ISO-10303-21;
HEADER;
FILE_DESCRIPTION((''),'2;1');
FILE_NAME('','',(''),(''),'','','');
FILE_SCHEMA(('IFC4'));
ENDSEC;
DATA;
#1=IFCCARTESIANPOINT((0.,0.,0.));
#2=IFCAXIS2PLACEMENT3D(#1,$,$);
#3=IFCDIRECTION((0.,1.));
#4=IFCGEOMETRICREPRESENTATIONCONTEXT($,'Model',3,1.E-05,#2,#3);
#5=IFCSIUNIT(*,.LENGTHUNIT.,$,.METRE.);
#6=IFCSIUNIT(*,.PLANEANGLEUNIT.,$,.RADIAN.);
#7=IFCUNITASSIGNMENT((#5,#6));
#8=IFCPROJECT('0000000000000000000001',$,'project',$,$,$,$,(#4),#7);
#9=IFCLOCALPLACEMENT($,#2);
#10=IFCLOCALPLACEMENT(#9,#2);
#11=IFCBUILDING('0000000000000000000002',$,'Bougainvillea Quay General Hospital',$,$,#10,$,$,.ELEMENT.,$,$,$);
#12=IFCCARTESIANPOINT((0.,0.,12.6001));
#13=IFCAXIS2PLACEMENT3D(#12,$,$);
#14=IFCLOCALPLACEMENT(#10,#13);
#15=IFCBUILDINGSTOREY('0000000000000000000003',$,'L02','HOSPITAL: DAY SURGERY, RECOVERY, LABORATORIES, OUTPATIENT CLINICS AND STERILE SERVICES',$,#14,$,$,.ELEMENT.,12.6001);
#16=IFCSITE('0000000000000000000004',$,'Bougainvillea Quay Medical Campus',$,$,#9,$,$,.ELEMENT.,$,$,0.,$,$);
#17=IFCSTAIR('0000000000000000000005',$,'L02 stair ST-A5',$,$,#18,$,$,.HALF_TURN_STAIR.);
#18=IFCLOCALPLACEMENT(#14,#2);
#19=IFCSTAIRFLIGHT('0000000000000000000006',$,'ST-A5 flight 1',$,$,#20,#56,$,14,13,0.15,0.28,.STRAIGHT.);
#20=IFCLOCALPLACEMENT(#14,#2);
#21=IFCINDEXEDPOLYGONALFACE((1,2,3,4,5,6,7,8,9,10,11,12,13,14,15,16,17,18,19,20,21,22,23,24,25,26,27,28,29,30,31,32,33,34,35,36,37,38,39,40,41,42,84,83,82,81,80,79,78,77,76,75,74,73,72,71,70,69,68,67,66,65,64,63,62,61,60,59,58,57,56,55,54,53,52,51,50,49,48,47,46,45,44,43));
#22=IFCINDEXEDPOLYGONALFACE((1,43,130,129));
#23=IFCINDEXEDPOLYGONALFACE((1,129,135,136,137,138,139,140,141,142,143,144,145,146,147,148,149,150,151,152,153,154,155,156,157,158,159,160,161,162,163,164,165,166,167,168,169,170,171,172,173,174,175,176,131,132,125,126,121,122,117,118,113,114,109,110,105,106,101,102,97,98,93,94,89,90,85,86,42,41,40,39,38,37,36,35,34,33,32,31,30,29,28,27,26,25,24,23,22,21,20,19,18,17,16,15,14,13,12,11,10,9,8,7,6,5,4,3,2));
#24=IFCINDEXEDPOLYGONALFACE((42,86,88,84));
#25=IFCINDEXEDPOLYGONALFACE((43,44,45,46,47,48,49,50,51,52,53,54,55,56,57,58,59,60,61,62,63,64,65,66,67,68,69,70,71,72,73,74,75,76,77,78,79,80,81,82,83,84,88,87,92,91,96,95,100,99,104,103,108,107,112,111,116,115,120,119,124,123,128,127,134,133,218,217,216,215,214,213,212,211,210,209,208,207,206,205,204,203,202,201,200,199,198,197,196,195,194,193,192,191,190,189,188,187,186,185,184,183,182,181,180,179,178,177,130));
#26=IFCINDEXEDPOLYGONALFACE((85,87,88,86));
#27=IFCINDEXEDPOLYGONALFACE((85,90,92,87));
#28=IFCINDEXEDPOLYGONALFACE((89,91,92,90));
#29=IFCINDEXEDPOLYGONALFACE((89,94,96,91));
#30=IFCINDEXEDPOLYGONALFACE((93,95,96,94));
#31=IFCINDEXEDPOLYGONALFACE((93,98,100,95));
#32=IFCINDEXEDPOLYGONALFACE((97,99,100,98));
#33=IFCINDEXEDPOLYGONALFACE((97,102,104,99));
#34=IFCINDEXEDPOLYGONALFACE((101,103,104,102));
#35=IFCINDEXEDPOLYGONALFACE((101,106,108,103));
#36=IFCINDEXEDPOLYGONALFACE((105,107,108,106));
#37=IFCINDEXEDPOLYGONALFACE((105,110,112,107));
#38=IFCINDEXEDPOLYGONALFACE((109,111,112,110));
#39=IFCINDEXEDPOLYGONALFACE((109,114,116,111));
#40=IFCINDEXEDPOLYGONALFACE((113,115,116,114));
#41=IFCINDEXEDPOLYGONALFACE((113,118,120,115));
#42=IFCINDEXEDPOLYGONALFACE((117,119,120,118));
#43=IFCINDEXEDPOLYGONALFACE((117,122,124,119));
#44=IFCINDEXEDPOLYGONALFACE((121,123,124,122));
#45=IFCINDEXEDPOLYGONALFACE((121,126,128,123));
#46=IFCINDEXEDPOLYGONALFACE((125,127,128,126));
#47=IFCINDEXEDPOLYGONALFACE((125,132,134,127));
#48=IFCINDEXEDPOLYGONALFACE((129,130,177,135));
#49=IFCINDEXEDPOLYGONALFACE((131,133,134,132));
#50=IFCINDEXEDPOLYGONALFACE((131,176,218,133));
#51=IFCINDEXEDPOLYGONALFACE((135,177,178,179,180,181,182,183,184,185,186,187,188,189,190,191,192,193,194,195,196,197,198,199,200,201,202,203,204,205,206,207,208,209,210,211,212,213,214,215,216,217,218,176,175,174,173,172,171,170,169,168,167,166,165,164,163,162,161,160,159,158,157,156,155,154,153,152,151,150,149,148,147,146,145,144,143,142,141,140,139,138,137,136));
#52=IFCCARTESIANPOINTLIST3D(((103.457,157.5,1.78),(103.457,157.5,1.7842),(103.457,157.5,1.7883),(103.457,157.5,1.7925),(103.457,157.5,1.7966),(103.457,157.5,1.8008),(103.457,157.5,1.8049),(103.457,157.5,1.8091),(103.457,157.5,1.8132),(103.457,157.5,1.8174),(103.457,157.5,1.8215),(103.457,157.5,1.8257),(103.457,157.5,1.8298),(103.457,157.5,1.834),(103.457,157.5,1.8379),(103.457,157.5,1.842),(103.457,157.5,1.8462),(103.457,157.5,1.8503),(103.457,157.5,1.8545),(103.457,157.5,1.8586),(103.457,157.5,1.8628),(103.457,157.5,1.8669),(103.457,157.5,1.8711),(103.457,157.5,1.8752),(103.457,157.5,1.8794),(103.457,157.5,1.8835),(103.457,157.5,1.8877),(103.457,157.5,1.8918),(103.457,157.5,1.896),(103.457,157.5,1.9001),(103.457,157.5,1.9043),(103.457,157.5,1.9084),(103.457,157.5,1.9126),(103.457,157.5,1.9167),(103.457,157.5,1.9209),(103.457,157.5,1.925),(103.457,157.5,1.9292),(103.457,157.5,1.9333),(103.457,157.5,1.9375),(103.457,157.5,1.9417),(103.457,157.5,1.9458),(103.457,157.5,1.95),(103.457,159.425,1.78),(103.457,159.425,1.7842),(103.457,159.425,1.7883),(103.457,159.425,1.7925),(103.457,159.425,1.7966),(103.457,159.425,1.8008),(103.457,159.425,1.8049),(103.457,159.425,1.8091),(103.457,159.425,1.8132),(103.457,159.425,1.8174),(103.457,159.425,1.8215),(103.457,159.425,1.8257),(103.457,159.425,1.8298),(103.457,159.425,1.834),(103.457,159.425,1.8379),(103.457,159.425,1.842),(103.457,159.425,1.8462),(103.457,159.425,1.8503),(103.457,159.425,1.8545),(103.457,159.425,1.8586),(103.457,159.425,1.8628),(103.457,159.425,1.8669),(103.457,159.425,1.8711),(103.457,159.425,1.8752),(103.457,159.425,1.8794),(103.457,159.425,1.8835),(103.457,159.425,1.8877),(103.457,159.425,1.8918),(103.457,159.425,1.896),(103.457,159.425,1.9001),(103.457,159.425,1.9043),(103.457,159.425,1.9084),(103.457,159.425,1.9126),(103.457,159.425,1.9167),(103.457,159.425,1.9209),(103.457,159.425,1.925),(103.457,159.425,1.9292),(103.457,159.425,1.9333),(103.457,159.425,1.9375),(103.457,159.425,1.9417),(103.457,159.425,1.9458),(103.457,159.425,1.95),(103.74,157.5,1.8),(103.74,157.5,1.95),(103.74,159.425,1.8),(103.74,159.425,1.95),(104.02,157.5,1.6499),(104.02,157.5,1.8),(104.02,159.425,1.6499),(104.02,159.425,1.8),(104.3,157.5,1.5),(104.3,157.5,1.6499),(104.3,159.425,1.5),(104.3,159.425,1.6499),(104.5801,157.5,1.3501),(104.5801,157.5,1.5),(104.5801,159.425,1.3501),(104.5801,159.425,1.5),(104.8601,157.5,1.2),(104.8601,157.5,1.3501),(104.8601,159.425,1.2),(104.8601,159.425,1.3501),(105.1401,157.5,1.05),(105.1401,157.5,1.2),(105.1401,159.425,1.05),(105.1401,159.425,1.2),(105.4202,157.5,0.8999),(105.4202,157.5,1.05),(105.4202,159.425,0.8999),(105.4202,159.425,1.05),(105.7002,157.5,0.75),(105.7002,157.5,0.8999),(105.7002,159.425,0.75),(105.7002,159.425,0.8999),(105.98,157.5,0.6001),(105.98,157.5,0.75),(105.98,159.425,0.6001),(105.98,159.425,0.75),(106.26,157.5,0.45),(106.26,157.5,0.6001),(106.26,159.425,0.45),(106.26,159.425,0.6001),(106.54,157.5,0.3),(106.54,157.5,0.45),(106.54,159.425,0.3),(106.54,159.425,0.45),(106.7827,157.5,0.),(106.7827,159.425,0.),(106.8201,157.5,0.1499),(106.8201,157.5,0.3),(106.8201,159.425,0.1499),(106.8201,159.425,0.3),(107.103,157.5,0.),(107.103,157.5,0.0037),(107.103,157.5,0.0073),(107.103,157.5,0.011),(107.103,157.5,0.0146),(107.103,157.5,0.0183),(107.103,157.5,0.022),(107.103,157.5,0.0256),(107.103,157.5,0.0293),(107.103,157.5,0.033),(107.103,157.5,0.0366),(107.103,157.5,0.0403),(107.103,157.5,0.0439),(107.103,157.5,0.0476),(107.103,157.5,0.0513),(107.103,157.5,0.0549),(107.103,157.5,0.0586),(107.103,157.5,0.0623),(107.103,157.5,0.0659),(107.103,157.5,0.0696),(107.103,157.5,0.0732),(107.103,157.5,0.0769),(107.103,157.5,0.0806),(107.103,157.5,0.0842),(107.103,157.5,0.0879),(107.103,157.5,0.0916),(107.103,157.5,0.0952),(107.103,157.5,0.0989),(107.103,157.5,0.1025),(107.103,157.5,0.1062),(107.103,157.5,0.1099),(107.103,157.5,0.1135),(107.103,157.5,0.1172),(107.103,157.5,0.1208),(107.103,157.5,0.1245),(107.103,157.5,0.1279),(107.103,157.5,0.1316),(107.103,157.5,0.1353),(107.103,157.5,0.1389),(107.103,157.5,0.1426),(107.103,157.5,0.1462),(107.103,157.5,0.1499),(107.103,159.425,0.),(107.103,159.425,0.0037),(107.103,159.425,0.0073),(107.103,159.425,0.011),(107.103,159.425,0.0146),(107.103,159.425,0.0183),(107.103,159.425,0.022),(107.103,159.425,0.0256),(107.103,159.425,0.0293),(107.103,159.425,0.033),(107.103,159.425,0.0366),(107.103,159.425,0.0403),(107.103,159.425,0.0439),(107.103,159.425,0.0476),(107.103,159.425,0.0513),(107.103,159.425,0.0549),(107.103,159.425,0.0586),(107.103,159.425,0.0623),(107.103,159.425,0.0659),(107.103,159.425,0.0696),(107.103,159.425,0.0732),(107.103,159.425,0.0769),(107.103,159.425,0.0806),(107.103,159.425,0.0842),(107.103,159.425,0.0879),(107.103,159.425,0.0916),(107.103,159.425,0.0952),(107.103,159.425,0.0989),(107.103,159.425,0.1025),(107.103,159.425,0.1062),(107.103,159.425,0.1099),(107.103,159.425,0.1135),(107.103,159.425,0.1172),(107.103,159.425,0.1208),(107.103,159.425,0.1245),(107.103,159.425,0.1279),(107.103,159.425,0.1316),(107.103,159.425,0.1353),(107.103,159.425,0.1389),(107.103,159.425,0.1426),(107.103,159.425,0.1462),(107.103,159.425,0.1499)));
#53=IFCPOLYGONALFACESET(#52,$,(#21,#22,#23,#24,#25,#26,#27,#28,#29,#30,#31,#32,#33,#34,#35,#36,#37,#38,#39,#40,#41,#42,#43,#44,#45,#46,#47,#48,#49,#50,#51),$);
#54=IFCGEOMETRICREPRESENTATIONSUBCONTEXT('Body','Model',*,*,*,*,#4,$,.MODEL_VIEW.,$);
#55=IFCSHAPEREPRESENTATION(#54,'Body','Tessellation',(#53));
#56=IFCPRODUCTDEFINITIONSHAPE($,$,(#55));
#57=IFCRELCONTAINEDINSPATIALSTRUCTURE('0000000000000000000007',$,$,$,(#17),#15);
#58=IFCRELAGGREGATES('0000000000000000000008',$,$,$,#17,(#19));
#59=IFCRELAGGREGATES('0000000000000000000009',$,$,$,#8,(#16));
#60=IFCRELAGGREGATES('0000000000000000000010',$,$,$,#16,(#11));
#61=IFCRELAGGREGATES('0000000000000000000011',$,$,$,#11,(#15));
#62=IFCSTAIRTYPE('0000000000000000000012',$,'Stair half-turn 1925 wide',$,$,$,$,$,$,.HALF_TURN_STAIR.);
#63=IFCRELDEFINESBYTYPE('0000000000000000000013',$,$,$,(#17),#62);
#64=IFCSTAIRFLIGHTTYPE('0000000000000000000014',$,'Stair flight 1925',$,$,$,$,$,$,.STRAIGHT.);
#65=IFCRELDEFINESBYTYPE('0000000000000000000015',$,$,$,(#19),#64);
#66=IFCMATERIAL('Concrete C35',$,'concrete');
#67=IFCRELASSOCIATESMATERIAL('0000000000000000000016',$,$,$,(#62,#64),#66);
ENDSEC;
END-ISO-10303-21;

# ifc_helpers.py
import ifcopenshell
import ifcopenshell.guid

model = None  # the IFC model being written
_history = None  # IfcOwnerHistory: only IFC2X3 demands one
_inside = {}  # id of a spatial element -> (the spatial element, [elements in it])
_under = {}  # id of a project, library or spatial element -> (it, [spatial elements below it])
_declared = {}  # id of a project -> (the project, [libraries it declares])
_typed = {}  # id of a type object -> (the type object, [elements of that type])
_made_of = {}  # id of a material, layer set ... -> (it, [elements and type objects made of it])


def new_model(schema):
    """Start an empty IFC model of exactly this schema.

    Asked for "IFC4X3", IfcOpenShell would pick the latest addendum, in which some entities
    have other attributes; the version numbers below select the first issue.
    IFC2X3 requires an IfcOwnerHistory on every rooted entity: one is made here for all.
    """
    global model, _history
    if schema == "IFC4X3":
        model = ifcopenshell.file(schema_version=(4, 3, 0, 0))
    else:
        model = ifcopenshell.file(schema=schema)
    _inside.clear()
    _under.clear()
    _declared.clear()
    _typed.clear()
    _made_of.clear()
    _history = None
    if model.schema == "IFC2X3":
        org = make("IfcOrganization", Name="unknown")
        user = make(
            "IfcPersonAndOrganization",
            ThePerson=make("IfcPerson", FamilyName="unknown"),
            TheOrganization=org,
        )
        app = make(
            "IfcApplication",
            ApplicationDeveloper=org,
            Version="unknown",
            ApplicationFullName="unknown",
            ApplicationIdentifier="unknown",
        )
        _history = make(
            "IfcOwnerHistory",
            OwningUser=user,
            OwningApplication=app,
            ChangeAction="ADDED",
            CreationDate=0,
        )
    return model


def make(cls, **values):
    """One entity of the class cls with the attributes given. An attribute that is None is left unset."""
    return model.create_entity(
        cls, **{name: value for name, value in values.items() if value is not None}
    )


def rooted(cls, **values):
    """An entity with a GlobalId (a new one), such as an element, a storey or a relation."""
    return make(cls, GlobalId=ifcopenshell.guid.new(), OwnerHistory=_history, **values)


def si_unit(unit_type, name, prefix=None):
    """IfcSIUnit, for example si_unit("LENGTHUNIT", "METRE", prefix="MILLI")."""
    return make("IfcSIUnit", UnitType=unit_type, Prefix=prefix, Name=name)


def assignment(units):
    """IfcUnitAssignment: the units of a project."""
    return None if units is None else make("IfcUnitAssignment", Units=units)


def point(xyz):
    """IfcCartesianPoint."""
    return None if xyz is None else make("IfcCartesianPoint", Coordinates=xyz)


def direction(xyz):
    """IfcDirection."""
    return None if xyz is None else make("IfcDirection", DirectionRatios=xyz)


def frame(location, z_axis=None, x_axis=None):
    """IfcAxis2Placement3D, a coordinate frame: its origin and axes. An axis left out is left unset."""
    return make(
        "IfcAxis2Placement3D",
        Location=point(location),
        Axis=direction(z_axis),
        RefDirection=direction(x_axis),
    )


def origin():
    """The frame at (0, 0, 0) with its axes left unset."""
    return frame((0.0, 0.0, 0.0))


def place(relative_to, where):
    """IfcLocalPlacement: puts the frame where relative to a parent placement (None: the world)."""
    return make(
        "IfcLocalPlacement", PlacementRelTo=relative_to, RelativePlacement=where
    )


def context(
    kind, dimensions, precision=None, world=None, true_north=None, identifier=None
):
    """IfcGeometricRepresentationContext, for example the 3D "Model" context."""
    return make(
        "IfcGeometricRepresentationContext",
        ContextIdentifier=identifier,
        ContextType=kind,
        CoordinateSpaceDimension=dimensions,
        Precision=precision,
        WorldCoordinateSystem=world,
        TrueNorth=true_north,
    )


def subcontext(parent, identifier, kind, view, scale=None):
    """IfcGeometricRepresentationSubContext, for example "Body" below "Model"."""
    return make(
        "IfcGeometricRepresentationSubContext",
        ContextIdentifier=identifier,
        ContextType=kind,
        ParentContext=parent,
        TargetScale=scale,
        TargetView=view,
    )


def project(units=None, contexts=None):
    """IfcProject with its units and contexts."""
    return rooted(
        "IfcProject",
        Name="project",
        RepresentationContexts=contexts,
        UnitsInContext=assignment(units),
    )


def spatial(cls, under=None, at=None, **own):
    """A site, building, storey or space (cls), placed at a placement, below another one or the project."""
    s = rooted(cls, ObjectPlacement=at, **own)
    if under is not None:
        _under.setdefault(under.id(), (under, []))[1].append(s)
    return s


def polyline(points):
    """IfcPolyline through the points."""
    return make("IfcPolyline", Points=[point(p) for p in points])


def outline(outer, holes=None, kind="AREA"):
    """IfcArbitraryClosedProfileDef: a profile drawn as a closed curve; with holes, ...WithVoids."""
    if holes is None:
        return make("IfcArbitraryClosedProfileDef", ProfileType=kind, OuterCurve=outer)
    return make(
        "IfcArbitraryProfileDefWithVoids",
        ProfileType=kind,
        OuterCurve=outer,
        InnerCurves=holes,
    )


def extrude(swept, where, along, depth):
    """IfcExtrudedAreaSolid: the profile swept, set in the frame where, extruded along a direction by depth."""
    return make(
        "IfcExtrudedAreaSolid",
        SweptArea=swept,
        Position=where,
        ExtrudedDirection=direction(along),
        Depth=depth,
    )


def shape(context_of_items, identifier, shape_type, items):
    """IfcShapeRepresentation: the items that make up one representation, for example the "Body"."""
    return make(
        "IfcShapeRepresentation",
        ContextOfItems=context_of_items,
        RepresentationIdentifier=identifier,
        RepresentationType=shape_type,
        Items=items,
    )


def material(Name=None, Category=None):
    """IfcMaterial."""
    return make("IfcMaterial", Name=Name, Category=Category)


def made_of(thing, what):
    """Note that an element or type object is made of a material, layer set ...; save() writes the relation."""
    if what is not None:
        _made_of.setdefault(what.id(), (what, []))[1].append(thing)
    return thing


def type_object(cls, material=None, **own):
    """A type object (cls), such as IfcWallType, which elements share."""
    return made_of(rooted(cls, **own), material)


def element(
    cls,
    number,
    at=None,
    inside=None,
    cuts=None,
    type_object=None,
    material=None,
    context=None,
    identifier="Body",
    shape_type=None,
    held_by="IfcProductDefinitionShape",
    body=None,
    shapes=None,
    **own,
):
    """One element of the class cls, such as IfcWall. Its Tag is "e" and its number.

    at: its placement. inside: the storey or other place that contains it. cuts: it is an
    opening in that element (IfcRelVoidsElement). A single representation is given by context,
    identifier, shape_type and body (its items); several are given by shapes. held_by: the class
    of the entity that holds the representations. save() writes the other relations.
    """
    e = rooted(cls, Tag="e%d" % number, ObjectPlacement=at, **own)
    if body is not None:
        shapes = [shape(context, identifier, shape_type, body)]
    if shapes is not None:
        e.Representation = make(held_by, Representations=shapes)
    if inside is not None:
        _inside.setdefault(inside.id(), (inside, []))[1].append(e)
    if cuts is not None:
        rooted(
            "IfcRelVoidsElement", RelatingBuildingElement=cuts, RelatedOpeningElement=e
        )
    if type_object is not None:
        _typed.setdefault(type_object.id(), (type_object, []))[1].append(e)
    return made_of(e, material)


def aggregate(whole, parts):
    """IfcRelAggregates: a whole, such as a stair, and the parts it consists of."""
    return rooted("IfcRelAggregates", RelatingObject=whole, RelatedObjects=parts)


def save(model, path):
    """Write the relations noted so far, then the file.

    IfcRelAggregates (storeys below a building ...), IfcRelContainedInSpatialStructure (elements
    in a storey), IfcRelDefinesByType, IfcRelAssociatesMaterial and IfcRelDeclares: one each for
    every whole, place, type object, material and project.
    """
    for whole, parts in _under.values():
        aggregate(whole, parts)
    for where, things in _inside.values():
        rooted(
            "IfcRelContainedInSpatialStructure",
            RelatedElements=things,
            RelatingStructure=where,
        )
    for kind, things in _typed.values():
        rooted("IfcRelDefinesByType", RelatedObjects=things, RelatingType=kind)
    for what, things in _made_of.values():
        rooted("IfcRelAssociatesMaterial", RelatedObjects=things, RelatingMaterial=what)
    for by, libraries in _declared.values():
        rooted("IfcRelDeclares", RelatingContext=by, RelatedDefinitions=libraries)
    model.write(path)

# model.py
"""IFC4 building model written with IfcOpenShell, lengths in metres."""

from ifc_helpers import new_model, si_unit, direction, frame, origin, place, context, subcontext, project, spatial, polyline, outline, extrude, material, type_object, element, aggregate, save


model = new_model("IFC4")

# Units and contexts
model_context = context("Model", 3, precision=1e-05, world=origin(), true_north=direction((0.0, 1.0)))
body_context = subcontext(model_context, "Body", "Model", "MODEL_VIEW")
ifc_project = project(units=[si_unit("LENGTHUNIT", "METRE"), si_unit("PLANEANGLEUNIT", "RADIAN")], contexts=[model_context])

# Site, building, storey
site_placement = place(None, origin())
site = spatial("IfcSite", under=ifc_project, at=site_placement, Name="Bougainvillea Quay Medical Campus", CompositionType="ELEMENT", RefElevation=0.0)
building_placement = place(site_placement, origin())
building = spatial("IfcBuilding", under=site, at=building_placement, Name="Bougainvillea Quay General Hospital", CompositionType="ELEMENT")
storey_placement = place(building_placement, frame((0.0, 0.0, 12.6001)))
storey = spatial("IfcBuildingStorey", under=building, at=storey_placement, Name="L02", Description="HOSPITAL: DAY SURGERY, RECOVERY, LABORATORIES, OUTPATIENT CLINICS AND STERILE SERVICES", CompositionType="ELEMENT", Elevation=12.6001)

# Stair, stair flight
ifc_material_1 = material(Name="Concrete C35", Category="concrete")
stair_type = type_object("IfcStairType", Name="Stair half-turn 1925 wide", PredefinedType="HALF_TURN_STAIR", material=ifc_material_1)
stair_placement = place(storey_placement, origin())
stair = element("IfcStair", 1, at=stair_placement, inside=storey, type_object=stair_type, Name="L02 stair ST-A5", PredefinedType="HALF_TURN_STAIR")
stair_flight_type = type_object("IfcStairFlightType", Name="Stair flight 1925", PredefinedType="STRAIGHT", material=ifc_material_1)
stair_flight_1_placement = place(storey_placement, frame((107.1001, 158.4624, 0.0), z_axis=(0.0, 0.0, 1.0), x_axis=(-1.0, 0.0, 0.0)))
stair_flight_1 = element("IfcStairFlight", 2, at=stair_flight_1_placement, type_object=stair_flight_type, Name="ST-A5 flight 1", NumberOfRisers=14, NumberOfTreads=13, PredefinedType="STRAIGHT", RiserHeight=0.15, TreadLength=0.28, context=body_context, shape_type="SweptSolid", body=[
    extrude(outline(polyline([(-0.0029, 0.0), (-0.0029, 0.0037), (-0.0029, 0.0073), (-0.0029, 0.011), (-0.0029, 0.0146), (-0.0029, 0.0183), (-0.0029, 0.022), (-0.0029, 0.0256), (-0.0029, 0.0293), (-0.0029, 0.033), (-0.0029, 0.0366), (-0.0029, 0.0403), (-0.0029, 0.0439), (-0.0029, 0.0476), (-0.0029, 0.0513), (-0.0029, 0.0549), (-0.0029, 0.0586), (-0.0029, 0.0623), (-0.0029, 0.0659), (-0.0029, 0.0696), (-0.0029, 0.0732), (-0.0029, 0.0769), (-0.0029, 0.0806), (-0.0029, 0.0842), (-0.0029, 0.0879), (-0.0029, 0.0916), (-0.0029, 0.0952), (-0.0029, 0.0989), (-0.0029, 0.1025), (-0.0029, 0.1062), (-0.0029, 0.1099), (-0.0029, 0.1135), (-0.0029, 0.1172), (-0.0029, 0.1208), (-0.0029, 0.1245), (-0.0029, 0.1279), (-0.0029, 0.1316), (-0.0029, 0.1353), (-0.0029, 0.1389), (-0.0029, 0.1426), (-0.0029, 0.1462), (-0.0029, 0.1499), (0.28, 0.1499), (0.28, 0.3), (0.5601, 0.3), (0.5601, 0.45), (0.8401, 0.45), (0.8401, 0.6001), (1.1201, 0.6001), (1.1201, 0.75), (1.3999, 0.75), (1.3999, 0.8999), (1.6799, 0.8999), (1.6799, 1.05), (1.96, 1.05), (1.96, 1.2), (2.24, 1.2), (2.24, 1.3501), (2.52, 1.3501), (2.52, 1.5), (2.8, 1.5), (2.8, 1.6499), (3.0801, 1.6499), (3.0801, 1.8), (3.3601, 1.8), (3.3601, 1.95), (3.6431, 1.95), (3.6431, 1.9458), (3.6431, 1.9417), (3.6431, 1.9375), (3.6431, 1.9333), (3.6431, 1.9292), (3.6431, 1.925), (3.6431, 1.9209), (3.6431, 1.9167), (3.6431, 1.9126), (3.6431, 1.9084), (3.6431, 1.9043), (3.6431, 1.9001), (3.6431, 1.896), (3.6431, 1.8918), (3.6431, 1.8877), (3.6431, 1.8835), (3.6431, 1.8794), (3.6431, 1.8752), (3.6431, 1.8711), (3.6431, 1.8669), (3.6431, 1.8628), (3.6431, 1.8586), (3.6431, 1.8545), (3.6431, 1.8503), (3.6431, 1.8462), (3.6431, 1.842), (3.6431, 1.8379), (3.6431, 1.834), (3.6431, 1.8298), (3.6431, 1.8257), (3.6431, 1.8215), (3.6431, 1.8174), (3.6431, 1.8132), (3.6431, 1.8091), (3.6431, 1.8049), (3.6431, 1.8008), (3.6431, 1.7966), (3.6431, 1.7925), (3.6431, 1.7883), (3.6431, 1.7842), (3.6431, 1.78), (0.3174, 0.0), (-0.0029, 0.0)])), frame((0.0, 0.9624, 0.0), z_axis=(0.0, -1.0, 0.0), x_axis=(1.0, 0.0, 0.0)), (0.0, 0.0, 1.0), 1.925),
])
aggregate(stair, [stair_flight_1])

save(model, "model.ifc")
